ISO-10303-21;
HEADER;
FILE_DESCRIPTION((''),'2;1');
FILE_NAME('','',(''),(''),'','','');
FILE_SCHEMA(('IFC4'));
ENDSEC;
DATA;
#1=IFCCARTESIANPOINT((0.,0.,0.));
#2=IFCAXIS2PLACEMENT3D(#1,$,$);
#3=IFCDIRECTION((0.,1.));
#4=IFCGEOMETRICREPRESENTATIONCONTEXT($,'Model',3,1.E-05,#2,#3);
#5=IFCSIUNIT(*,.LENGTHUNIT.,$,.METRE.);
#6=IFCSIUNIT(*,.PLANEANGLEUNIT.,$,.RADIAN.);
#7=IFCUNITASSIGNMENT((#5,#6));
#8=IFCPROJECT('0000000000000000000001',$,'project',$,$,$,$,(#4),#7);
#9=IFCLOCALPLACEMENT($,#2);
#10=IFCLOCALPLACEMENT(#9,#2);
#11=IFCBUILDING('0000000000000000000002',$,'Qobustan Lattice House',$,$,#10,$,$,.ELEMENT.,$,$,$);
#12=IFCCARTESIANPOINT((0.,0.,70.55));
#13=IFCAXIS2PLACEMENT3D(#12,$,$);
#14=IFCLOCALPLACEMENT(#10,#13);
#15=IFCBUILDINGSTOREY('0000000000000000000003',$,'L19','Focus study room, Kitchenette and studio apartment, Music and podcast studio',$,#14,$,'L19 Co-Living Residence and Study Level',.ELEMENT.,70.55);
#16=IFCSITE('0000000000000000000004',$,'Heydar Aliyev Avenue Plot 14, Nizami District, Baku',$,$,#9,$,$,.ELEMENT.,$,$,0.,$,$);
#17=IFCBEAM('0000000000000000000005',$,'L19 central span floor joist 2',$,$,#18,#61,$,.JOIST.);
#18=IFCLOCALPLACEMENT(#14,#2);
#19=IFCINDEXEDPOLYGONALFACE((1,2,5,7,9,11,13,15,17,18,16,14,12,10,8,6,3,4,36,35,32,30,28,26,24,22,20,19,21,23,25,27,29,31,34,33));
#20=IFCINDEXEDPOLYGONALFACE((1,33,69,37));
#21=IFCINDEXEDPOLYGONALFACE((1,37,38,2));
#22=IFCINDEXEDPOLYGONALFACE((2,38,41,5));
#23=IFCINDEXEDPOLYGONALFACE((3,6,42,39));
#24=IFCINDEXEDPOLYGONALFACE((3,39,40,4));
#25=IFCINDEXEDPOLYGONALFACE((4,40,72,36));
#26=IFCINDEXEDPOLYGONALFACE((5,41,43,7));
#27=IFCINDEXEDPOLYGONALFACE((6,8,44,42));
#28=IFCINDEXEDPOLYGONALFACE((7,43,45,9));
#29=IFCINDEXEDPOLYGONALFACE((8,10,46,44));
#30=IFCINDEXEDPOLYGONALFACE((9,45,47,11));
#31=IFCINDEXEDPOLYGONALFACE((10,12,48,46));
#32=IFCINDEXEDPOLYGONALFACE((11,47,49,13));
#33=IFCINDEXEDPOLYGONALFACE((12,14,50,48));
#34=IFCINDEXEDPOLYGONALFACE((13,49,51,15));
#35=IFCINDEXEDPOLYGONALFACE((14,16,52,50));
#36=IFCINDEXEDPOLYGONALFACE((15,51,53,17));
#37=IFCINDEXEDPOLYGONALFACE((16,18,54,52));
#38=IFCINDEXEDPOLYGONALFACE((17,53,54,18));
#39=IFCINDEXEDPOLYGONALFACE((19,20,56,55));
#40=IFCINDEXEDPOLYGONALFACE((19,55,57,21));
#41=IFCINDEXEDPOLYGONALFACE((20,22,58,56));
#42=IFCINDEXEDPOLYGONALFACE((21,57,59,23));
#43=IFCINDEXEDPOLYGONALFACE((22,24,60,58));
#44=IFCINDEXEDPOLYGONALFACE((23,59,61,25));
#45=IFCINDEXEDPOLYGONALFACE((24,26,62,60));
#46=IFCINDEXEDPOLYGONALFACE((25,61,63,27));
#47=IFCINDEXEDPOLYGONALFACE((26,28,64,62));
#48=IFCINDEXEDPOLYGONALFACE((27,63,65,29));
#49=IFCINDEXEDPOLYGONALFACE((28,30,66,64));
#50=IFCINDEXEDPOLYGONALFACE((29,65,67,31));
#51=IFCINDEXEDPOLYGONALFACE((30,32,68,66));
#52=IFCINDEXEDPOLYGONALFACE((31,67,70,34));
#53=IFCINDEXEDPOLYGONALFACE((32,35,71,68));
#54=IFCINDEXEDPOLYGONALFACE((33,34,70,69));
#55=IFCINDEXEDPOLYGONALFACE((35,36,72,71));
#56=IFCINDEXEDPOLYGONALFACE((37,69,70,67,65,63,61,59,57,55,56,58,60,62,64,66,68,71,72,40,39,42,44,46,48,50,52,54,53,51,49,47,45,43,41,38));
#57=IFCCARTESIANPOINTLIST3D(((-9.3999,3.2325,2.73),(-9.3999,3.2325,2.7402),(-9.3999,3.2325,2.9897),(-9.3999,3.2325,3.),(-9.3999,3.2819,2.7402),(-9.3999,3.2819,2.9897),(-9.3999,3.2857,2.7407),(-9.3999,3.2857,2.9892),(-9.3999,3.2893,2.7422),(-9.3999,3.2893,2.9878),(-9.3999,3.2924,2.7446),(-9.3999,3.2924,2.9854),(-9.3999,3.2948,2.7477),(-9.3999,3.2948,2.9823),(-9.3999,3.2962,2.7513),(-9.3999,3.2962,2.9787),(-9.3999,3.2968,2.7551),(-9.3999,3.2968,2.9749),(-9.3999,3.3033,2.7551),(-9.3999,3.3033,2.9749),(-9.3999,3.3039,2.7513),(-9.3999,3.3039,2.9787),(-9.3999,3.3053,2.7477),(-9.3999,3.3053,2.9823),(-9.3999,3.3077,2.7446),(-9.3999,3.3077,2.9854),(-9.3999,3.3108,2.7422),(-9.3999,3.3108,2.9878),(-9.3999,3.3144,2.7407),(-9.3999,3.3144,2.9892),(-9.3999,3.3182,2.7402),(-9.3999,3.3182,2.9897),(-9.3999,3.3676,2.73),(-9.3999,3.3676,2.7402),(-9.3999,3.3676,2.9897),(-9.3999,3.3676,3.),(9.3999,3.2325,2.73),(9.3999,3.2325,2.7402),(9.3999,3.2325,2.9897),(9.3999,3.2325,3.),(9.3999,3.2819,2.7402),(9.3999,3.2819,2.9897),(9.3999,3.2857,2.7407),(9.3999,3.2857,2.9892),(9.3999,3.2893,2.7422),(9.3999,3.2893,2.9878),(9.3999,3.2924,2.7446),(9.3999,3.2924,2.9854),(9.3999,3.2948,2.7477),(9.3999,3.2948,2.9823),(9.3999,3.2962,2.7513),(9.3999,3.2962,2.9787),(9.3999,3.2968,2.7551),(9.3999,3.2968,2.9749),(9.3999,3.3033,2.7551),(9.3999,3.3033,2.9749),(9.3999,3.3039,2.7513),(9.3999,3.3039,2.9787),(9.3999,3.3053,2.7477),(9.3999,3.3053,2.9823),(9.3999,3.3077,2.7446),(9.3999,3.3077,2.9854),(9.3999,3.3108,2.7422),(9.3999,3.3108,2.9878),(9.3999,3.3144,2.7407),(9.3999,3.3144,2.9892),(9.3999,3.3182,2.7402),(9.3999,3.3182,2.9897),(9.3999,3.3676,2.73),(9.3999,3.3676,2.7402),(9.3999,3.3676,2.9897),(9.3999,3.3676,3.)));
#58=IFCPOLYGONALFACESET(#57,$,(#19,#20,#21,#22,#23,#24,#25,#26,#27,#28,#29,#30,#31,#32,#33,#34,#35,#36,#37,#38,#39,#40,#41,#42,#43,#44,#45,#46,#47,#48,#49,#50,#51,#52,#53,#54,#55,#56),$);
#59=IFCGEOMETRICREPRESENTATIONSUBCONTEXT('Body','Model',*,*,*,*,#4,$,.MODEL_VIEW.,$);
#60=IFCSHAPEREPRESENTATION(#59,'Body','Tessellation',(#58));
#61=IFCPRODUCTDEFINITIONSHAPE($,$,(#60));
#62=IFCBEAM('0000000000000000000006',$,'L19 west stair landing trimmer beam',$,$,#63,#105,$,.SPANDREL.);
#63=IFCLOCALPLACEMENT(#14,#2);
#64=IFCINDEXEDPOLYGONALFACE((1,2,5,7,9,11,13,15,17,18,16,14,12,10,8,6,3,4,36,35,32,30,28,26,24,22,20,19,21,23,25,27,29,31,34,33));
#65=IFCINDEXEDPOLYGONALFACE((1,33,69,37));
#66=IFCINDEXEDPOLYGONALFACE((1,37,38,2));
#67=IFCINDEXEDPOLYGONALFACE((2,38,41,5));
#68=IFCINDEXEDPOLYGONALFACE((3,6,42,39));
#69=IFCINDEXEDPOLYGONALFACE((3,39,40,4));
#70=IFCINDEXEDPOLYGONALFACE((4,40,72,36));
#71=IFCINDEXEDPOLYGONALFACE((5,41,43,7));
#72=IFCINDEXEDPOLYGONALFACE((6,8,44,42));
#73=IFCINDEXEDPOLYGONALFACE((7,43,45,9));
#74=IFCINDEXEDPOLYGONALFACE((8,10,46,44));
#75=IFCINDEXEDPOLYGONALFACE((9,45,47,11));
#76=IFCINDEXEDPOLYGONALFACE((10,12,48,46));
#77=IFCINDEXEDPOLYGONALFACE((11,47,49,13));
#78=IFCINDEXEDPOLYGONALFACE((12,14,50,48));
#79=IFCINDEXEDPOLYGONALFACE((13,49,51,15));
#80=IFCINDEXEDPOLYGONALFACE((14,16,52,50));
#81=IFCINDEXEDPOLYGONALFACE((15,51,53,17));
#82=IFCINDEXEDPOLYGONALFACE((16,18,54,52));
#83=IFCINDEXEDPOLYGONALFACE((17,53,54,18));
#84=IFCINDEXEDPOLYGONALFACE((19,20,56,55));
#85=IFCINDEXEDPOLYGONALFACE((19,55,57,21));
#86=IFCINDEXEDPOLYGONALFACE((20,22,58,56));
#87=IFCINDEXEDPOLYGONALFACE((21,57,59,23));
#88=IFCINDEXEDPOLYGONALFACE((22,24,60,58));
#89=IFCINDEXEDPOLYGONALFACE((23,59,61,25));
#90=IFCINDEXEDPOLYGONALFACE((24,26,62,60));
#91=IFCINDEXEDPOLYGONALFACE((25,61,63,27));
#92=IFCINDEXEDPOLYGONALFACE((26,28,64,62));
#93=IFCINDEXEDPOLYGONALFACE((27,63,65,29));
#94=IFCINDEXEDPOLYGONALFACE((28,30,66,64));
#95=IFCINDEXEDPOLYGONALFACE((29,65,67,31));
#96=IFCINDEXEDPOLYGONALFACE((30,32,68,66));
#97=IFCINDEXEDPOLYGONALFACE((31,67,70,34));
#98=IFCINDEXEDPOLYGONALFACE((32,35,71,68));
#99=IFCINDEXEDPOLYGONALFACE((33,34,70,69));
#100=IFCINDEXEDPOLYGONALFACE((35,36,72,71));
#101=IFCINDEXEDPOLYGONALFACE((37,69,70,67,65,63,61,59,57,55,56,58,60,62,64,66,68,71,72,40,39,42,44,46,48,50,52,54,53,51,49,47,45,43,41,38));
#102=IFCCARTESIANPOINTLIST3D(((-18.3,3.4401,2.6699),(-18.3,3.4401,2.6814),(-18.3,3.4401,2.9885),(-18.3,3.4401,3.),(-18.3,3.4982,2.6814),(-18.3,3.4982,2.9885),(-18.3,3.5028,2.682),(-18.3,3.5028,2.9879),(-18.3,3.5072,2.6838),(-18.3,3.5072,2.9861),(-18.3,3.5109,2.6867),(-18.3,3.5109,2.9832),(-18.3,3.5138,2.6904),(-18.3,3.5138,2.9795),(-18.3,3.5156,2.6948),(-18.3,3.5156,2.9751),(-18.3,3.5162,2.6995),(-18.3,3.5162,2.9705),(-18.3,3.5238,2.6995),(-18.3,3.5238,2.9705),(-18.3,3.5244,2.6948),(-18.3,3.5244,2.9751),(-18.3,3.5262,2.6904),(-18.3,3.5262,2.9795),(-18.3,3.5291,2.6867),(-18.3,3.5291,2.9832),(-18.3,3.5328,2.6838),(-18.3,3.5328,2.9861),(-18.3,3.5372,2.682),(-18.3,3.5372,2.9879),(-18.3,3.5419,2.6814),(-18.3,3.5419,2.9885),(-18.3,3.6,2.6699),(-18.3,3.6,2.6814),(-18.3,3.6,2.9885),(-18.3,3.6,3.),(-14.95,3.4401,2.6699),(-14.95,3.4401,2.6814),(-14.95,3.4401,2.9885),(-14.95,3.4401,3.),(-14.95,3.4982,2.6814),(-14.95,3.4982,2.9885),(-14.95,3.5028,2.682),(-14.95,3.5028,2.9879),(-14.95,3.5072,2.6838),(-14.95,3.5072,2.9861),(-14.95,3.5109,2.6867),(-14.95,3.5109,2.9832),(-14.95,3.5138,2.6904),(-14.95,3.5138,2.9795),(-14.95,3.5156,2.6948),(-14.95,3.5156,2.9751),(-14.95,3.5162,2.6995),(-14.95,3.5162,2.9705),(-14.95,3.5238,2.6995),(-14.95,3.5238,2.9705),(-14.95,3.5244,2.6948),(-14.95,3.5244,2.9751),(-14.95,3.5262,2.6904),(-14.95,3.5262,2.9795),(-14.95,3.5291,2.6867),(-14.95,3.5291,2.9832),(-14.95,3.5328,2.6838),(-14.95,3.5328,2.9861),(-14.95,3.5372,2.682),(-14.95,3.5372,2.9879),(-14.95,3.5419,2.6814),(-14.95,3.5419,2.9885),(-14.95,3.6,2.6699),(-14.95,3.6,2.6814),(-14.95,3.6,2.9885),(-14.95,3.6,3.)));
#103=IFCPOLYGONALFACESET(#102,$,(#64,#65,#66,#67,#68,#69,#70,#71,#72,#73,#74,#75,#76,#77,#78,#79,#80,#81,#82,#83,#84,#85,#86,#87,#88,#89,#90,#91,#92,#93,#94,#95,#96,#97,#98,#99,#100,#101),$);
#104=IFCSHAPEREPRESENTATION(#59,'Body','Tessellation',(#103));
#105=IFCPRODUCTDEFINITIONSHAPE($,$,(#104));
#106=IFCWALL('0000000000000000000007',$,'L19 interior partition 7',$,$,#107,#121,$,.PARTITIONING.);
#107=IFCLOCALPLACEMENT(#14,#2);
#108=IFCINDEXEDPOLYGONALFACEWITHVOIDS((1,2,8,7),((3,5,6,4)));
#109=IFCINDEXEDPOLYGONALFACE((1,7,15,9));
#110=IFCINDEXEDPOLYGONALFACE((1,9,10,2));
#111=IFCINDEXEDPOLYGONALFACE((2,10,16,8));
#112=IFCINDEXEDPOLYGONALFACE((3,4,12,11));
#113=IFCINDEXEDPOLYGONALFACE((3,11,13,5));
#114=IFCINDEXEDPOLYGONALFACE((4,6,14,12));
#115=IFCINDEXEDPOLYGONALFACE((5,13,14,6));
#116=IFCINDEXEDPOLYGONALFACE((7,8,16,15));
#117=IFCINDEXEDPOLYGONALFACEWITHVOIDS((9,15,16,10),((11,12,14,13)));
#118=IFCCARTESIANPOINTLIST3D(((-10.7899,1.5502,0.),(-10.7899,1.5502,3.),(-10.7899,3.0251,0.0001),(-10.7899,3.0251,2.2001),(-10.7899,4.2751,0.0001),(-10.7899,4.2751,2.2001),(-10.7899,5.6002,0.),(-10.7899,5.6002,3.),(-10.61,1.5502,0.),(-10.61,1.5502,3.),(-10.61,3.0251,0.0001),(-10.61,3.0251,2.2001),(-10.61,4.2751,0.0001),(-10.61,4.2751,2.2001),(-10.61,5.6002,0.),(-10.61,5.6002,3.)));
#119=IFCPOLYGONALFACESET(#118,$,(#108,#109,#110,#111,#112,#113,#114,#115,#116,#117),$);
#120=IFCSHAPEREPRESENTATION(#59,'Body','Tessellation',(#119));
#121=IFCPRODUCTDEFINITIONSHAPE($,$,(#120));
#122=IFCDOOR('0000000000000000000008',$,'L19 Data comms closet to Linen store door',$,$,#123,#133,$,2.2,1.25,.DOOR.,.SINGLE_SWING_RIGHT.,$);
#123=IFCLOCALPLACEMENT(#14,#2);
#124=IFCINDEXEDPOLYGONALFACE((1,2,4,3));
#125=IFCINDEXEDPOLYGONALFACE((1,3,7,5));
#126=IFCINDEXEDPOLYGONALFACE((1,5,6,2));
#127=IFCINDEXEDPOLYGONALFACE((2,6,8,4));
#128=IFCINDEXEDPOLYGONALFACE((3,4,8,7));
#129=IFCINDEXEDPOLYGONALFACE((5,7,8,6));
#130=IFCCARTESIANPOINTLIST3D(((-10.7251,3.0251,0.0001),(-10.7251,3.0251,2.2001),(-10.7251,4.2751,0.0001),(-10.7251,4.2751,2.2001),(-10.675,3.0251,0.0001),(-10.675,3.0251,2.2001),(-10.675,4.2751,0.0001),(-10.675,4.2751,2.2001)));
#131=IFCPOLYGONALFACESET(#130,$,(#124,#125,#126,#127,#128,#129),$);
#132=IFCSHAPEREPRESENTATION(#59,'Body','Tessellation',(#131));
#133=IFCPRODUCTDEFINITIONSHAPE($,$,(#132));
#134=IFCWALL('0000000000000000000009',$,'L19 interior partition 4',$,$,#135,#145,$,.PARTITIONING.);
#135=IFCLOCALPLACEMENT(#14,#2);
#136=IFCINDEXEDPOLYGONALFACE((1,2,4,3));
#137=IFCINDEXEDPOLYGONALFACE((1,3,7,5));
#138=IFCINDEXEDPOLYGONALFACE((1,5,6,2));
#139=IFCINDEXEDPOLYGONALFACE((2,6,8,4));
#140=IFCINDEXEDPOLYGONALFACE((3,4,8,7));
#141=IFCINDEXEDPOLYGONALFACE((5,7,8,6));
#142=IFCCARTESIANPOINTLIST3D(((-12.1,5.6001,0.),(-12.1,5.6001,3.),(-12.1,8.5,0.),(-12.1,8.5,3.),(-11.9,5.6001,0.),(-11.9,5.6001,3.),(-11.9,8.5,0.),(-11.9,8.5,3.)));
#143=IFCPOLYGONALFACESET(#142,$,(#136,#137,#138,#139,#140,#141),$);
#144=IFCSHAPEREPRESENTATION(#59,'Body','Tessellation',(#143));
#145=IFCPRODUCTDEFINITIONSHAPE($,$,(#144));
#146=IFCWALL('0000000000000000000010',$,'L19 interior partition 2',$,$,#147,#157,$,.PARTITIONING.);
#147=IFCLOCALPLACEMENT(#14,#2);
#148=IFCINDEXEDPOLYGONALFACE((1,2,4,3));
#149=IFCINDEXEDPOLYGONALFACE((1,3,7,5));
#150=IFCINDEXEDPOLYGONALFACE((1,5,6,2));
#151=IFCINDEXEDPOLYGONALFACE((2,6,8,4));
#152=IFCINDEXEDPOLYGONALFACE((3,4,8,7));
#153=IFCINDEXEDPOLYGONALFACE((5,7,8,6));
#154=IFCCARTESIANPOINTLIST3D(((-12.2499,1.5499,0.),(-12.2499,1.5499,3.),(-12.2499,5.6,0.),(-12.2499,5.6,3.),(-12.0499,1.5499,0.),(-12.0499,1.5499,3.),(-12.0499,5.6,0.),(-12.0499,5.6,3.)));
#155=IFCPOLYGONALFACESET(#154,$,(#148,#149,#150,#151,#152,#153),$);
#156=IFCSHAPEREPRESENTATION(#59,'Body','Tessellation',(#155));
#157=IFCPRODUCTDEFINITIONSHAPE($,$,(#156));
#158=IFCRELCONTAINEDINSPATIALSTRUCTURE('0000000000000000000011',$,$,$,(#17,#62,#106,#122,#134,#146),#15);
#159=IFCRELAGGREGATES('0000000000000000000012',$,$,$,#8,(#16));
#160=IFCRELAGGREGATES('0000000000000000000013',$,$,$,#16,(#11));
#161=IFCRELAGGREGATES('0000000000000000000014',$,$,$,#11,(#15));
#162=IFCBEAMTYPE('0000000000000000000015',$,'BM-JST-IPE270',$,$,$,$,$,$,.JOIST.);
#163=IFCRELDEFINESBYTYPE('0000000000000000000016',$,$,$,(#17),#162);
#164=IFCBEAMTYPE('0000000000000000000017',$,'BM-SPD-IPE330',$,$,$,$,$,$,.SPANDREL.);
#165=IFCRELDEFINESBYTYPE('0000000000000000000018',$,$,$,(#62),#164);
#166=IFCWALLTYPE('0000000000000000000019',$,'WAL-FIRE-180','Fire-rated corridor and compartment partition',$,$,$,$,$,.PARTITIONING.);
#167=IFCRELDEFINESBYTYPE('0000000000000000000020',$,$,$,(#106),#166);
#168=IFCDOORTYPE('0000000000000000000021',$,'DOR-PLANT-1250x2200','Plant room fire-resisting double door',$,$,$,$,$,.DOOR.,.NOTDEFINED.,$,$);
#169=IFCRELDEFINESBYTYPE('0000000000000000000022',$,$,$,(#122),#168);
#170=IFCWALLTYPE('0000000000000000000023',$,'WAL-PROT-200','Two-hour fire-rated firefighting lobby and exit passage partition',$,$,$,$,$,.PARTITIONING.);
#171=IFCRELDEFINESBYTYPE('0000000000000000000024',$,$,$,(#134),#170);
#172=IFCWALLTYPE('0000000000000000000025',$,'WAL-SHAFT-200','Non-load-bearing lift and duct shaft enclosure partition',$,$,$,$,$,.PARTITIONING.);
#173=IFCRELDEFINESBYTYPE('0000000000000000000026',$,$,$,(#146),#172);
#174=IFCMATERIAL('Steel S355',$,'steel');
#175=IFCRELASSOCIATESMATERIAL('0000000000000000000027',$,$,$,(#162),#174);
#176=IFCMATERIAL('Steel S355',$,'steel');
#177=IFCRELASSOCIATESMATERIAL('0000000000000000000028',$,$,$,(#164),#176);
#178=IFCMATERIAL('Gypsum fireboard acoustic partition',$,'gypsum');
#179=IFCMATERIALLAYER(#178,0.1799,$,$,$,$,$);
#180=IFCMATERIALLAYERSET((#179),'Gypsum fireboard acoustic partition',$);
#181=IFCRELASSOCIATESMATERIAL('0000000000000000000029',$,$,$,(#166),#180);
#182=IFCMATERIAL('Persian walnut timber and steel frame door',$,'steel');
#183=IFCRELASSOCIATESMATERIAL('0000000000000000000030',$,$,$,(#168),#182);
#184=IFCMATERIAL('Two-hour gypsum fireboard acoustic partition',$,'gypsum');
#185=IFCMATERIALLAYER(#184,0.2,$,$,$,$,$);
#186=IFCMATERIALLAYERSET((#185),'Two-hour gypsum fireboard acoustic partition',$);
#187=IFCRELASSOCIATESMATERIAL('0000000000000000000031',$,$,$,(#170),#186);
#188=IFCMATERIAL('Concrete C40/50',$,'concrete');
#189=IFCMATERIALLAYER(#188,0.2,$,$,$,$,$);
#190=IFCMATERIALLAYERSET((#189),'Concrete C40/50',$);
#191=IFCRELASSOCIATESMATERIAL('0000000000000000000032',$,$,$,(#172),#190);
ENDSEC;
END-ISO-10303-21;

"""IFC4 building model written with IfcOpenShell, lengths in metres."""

from ifc_helpers import new_model, si_unit, direction, frame, frame_2d, origin, origin_2d, place, context, subcontext, project, spatial, rectangle, i_section, extrude, material, layer, layer_set, material_profile, profile_set, type_object, element, fill, save


model = new_model("IFC4")

# Units and contexts
model_context = context("Model", 3, precision=1e-05, world=origin(), true_north=direction((0.0, 1.0)))
body_context = subcontext(model_context, "Body", "Model", "MODEL_VIEW")
ifc_project = project(units=[si_unit("LENGTHUNIT", "METRE"), si_unit("PLANEANGLEUNIT", "RADIAN")], contexts=[model_context])

# Site, building, storey
site_placement = place(None, origin())
site = spatial("IfcSite", under=ifc_project, at=site_placement, Name="Heydar Aliyev Avenue Plot 14, Nizami District, Baku", CompositionType="ELEMENT", RefElevation=0.0)
building_placement = place(site_placement, origin())
building = spatial("IfcBuilding", under=site, at=building_placement, Name="Qobustan Lattice House", CompositionType="ELEMENT")
storey_placement = place(building_placement, frame((0.0, 0.0, 70.55)))
storey = spatial("IfcBuildingStorey", under=building, at=storey_placement, Name="L19", Description="Focus study room, Kitchenette and studio apartment, Music and podcast studio", LongName="L19 Co-Living Residence and Study Level", CompositionType="ELEMENT", Elevation=70.55)

# Beams
ifc_material_1 = material(Name="Steel S355", Category="steel")
ifc_material_profile_1 = material_profile(ifc_material_1, i_section(OverallWidth=0.135, OverallDepth=0.27, WebThickness=0.0066, FlangeThickness=0.0103, FilletRadius=0.0149, at=origin_2d()), Name="IPE270")
ifc_profile_set_1 = profile_set([ifc_material_profile_1], Name="Steel S355")
beam_type_1 = type_object("IfcBeamType", Name="BM-JST-IPE270", PredefinedType="JOIST", material=ifc_profile_set_1)
beam_1_placement = place(storey_placement, frame((-9.3999, 3.3, 2.865), z_axis=(1.0, 0.0, 0.0), x_axis=(0.0, 1.0, 0.0)))
element("IfcBeam", 1, at=beam_1_placement, inside=storey, type_object=beam_type_1, Name="L19 central span floor joist 2", PredefinedType="JOIST", context=body_context, shape_type="SweptSolid", body=[
    extrude(i_section(OverallWidth=0.135, OverallDepth=0.27, WebThickness=0.0066, FlangeThickness=0.0103, FilletRadius=0.0149, at=origin_2d()), origin(), (0.0, 0.0, 1.0), 18.7998),
])
ifc_material_2 = material(Name="Steel S355", Category="steel")
ifc_material_profile_2 = material_profile(ifc_material_2, i_section(OverallWidth=0.1599, OverallDepth=0.3301, WebThickness=0.0076, FlangeThickness=0.0115, FilletRadius=0.0181, at=origin_2d()), Name="IPE330")
ifc_profile_set_2 = profile_set([ifc_material_profile_2], Name="Steel S355")
beam_type_2 = type_object("IfcBeamType", Name="BM-SPD-IPE330", PredefinedType="SPANDREL", material=ifc_profile_set_2)
beam_2_placement = place(storey_placement, frame((-18.3, 3.52, 2.835), z_axis=(1.0, 0.0, 0.0), x_axis=(0.0, 1.0, 0.0)))
element("IfcBeam", 2, at=beam_2_placement, inside=storey, type_object=beam_type_2, Name="L19 west stair landing trimmer beam", PredefinedType="SPANDREL", context=body_context, shape_type="SweptSolid", body=[
    extrude(i_section(OverallWidth=0.1599, OverallDepth=0.3301, WebThickness=0.0076, FlangeThickness=0.0115, FilletRadius=0.0181, at=origin_2d()), origin(), (0.0, 0.0, 1.0), 3.3501),
])

# Wall, opening, door
ifc_material_3 = material(Name="Gypsum fireboard acoustic partition", Category="gypsum")
ifc_layer_1 = layer(ifc_material_3, 0.1799)
ifc_layer_set_1 = layer_set([ifc_layer_1], Name="Gypsum fireboard acoustic partition")
wall_type_1 = type_object("IfcWallType", Name="WAL-FIRE-180", Description="Fire-rated corridor and compartment partition", PredefinedType="PARTITIONING", material=ifc_layer_set_1)
wall_1_placement = place(storey_placement, frame((-10.7, 5.6001, 0.0), z_axis=(0.0, 0.0, 1.0), x_axis=(0.0, -1.0, 0.0)))
wall_1 = element("IfcWall", 3, at=wall_1_placement, inside=storey, type_object=wall_type_1, Name="L19 interior partition 7", PredefinedType="PARTITIONING", context=body_context, shape_type="SweptSolid", body=[
    extrude(rectangle(XDim=4.05, YDim=0.1799, at=frame_2d((2.0249, 0.0))), origin(), (0.0, 0.0, 1.0), 3.0),
])
opening_1_placement = place(wall_1_placement, frame((1.325, 0.0, 0.0)))
opening_1 = element("IfcOpeningElement", 4, at=opening_1_placement, cuts=wall_1, PredefinedType="OPENING", context=body_context, shape_type="SweptSolid", body=[
    extrude(rectangle(XDim=1.25, YDim=2.2, at=frame_2d((0.625, 1.1001))), frame((0.0, 0.0999, 0.0), z_axis=(0.0, -1.0, 0.0), x_axis=(1.0, 0.0, 0.0)), (0.0, 0.0, 1.0), 0.2),
])
ifc_material_4 = material(Name="Persian walnut timber and steel frame door", Category="steel")
door_type_1 = type_object("IfcDoorType", Name="DOR-PLANT-1250x2200", Description="Plant room fire-resisting double door", OperationType="NOTDEFINED", PredefinedType="DOOR", material=ifc_material_4)
door_1_placement = place(opening_1_placement, origin())
door_1 = element("IfcDoor", 5, at=door_1_placement, inside=storey, type_object=door_type_1, Name="L19 Data comms closet to Linen store door", OperationType="SINGLE_SWING_RIGHT", OverallHeight=2.2, OverallWidth=1.25, PredefinedType="DOOR", context=body_context, shape_type="SweptSolid", body=[
    extrude(rectangle(XDim=1.25, YDim=2.2, at=frame_2d((0.625, 1.1001))), frame((0.0, 0.0249, 0.0), z_axis=(0.0, -1.0, 0.0), x_axis=(1.0, 0.0, 0.0)), (0.0, 0.0, 1.0), 0.05),
])
fill(opening_1, door_1)

# Walls
ifc_material_5 = material(Name="Two-hour gypsum fireboard acoustic partition", Category="gypsum")
ifc_layer_2 = layer(ifc_material_5, 0.2)
ifc_layer_set_2 = layer_set([ifc_layer_2], Name="Two-hour gypsum fireboard acoustic partition")
wall_type_2 = type_object("IfcWallType", Name="WAL-PROT-200", Description="Two-hour fire-rated firefighting lobby and exit passage partition", PredefinedType="PARTITIONING", material=ifc_layer_set_2)
wall_2_placement = place(storey_placement, frame((-12.0, 5.6001, 0.0), z_axis=(0.0, 0.0, 1.0), x_axis=(0.0, 1.0, 0.0)))
element("IfcWall", 6, at=wall_2_placement, inside=storey, type_object=wall_type_2, Name="L19 interior partition 4", PredefinedType="PARTITIONING", context=body_context, shape_type="SweptSolid", body=[
    extrude(rectangle(XDim=2.8999, YDim=0.2, at=frame_2d((1.45, 0.0))), origin(), (0.0, 0.0, 1.0), 3.0),
])
ifc_material_6 = material(Name="Concrete C40/50", Category="concrete")
ifc_layer_3 = layer(ifc_material_6, 0.2)
ifc_layer_set_3 = layer_set([ifc_layer_3], Name="Concrete C40/50")
wall_type_3 = type_object("IfcWallType", Name="WAL-SHAFT-200", Description="Non-load-bearing lift and duct shaft enclosure partition", PredefinedType="PARTITIONING", material=ifc_layer_set_3)
wall_3_placement = place(storey_placement, frame((-12.1499, 1.55, 0.0), z_axis=(0.0, 0.0, 1.0), x_axis=(0.0, 1.0, 0.0)))
element("IfcWall", 7, at=wall_3_placement, inside=storey, type_object=wall_type_3, Name="L19 interior partition 2", PredefinedType="PARTITIONING", context=body_context, shape_type="SweptSolid", body=[
    extrude(rectangle(XDim=4.05, YDim=0.2, at=frame_2d((2.0249, 0.0))), origin(), (0.0, 0.0, 1.0), 3.0),
])

save(model, "model.ifc")
